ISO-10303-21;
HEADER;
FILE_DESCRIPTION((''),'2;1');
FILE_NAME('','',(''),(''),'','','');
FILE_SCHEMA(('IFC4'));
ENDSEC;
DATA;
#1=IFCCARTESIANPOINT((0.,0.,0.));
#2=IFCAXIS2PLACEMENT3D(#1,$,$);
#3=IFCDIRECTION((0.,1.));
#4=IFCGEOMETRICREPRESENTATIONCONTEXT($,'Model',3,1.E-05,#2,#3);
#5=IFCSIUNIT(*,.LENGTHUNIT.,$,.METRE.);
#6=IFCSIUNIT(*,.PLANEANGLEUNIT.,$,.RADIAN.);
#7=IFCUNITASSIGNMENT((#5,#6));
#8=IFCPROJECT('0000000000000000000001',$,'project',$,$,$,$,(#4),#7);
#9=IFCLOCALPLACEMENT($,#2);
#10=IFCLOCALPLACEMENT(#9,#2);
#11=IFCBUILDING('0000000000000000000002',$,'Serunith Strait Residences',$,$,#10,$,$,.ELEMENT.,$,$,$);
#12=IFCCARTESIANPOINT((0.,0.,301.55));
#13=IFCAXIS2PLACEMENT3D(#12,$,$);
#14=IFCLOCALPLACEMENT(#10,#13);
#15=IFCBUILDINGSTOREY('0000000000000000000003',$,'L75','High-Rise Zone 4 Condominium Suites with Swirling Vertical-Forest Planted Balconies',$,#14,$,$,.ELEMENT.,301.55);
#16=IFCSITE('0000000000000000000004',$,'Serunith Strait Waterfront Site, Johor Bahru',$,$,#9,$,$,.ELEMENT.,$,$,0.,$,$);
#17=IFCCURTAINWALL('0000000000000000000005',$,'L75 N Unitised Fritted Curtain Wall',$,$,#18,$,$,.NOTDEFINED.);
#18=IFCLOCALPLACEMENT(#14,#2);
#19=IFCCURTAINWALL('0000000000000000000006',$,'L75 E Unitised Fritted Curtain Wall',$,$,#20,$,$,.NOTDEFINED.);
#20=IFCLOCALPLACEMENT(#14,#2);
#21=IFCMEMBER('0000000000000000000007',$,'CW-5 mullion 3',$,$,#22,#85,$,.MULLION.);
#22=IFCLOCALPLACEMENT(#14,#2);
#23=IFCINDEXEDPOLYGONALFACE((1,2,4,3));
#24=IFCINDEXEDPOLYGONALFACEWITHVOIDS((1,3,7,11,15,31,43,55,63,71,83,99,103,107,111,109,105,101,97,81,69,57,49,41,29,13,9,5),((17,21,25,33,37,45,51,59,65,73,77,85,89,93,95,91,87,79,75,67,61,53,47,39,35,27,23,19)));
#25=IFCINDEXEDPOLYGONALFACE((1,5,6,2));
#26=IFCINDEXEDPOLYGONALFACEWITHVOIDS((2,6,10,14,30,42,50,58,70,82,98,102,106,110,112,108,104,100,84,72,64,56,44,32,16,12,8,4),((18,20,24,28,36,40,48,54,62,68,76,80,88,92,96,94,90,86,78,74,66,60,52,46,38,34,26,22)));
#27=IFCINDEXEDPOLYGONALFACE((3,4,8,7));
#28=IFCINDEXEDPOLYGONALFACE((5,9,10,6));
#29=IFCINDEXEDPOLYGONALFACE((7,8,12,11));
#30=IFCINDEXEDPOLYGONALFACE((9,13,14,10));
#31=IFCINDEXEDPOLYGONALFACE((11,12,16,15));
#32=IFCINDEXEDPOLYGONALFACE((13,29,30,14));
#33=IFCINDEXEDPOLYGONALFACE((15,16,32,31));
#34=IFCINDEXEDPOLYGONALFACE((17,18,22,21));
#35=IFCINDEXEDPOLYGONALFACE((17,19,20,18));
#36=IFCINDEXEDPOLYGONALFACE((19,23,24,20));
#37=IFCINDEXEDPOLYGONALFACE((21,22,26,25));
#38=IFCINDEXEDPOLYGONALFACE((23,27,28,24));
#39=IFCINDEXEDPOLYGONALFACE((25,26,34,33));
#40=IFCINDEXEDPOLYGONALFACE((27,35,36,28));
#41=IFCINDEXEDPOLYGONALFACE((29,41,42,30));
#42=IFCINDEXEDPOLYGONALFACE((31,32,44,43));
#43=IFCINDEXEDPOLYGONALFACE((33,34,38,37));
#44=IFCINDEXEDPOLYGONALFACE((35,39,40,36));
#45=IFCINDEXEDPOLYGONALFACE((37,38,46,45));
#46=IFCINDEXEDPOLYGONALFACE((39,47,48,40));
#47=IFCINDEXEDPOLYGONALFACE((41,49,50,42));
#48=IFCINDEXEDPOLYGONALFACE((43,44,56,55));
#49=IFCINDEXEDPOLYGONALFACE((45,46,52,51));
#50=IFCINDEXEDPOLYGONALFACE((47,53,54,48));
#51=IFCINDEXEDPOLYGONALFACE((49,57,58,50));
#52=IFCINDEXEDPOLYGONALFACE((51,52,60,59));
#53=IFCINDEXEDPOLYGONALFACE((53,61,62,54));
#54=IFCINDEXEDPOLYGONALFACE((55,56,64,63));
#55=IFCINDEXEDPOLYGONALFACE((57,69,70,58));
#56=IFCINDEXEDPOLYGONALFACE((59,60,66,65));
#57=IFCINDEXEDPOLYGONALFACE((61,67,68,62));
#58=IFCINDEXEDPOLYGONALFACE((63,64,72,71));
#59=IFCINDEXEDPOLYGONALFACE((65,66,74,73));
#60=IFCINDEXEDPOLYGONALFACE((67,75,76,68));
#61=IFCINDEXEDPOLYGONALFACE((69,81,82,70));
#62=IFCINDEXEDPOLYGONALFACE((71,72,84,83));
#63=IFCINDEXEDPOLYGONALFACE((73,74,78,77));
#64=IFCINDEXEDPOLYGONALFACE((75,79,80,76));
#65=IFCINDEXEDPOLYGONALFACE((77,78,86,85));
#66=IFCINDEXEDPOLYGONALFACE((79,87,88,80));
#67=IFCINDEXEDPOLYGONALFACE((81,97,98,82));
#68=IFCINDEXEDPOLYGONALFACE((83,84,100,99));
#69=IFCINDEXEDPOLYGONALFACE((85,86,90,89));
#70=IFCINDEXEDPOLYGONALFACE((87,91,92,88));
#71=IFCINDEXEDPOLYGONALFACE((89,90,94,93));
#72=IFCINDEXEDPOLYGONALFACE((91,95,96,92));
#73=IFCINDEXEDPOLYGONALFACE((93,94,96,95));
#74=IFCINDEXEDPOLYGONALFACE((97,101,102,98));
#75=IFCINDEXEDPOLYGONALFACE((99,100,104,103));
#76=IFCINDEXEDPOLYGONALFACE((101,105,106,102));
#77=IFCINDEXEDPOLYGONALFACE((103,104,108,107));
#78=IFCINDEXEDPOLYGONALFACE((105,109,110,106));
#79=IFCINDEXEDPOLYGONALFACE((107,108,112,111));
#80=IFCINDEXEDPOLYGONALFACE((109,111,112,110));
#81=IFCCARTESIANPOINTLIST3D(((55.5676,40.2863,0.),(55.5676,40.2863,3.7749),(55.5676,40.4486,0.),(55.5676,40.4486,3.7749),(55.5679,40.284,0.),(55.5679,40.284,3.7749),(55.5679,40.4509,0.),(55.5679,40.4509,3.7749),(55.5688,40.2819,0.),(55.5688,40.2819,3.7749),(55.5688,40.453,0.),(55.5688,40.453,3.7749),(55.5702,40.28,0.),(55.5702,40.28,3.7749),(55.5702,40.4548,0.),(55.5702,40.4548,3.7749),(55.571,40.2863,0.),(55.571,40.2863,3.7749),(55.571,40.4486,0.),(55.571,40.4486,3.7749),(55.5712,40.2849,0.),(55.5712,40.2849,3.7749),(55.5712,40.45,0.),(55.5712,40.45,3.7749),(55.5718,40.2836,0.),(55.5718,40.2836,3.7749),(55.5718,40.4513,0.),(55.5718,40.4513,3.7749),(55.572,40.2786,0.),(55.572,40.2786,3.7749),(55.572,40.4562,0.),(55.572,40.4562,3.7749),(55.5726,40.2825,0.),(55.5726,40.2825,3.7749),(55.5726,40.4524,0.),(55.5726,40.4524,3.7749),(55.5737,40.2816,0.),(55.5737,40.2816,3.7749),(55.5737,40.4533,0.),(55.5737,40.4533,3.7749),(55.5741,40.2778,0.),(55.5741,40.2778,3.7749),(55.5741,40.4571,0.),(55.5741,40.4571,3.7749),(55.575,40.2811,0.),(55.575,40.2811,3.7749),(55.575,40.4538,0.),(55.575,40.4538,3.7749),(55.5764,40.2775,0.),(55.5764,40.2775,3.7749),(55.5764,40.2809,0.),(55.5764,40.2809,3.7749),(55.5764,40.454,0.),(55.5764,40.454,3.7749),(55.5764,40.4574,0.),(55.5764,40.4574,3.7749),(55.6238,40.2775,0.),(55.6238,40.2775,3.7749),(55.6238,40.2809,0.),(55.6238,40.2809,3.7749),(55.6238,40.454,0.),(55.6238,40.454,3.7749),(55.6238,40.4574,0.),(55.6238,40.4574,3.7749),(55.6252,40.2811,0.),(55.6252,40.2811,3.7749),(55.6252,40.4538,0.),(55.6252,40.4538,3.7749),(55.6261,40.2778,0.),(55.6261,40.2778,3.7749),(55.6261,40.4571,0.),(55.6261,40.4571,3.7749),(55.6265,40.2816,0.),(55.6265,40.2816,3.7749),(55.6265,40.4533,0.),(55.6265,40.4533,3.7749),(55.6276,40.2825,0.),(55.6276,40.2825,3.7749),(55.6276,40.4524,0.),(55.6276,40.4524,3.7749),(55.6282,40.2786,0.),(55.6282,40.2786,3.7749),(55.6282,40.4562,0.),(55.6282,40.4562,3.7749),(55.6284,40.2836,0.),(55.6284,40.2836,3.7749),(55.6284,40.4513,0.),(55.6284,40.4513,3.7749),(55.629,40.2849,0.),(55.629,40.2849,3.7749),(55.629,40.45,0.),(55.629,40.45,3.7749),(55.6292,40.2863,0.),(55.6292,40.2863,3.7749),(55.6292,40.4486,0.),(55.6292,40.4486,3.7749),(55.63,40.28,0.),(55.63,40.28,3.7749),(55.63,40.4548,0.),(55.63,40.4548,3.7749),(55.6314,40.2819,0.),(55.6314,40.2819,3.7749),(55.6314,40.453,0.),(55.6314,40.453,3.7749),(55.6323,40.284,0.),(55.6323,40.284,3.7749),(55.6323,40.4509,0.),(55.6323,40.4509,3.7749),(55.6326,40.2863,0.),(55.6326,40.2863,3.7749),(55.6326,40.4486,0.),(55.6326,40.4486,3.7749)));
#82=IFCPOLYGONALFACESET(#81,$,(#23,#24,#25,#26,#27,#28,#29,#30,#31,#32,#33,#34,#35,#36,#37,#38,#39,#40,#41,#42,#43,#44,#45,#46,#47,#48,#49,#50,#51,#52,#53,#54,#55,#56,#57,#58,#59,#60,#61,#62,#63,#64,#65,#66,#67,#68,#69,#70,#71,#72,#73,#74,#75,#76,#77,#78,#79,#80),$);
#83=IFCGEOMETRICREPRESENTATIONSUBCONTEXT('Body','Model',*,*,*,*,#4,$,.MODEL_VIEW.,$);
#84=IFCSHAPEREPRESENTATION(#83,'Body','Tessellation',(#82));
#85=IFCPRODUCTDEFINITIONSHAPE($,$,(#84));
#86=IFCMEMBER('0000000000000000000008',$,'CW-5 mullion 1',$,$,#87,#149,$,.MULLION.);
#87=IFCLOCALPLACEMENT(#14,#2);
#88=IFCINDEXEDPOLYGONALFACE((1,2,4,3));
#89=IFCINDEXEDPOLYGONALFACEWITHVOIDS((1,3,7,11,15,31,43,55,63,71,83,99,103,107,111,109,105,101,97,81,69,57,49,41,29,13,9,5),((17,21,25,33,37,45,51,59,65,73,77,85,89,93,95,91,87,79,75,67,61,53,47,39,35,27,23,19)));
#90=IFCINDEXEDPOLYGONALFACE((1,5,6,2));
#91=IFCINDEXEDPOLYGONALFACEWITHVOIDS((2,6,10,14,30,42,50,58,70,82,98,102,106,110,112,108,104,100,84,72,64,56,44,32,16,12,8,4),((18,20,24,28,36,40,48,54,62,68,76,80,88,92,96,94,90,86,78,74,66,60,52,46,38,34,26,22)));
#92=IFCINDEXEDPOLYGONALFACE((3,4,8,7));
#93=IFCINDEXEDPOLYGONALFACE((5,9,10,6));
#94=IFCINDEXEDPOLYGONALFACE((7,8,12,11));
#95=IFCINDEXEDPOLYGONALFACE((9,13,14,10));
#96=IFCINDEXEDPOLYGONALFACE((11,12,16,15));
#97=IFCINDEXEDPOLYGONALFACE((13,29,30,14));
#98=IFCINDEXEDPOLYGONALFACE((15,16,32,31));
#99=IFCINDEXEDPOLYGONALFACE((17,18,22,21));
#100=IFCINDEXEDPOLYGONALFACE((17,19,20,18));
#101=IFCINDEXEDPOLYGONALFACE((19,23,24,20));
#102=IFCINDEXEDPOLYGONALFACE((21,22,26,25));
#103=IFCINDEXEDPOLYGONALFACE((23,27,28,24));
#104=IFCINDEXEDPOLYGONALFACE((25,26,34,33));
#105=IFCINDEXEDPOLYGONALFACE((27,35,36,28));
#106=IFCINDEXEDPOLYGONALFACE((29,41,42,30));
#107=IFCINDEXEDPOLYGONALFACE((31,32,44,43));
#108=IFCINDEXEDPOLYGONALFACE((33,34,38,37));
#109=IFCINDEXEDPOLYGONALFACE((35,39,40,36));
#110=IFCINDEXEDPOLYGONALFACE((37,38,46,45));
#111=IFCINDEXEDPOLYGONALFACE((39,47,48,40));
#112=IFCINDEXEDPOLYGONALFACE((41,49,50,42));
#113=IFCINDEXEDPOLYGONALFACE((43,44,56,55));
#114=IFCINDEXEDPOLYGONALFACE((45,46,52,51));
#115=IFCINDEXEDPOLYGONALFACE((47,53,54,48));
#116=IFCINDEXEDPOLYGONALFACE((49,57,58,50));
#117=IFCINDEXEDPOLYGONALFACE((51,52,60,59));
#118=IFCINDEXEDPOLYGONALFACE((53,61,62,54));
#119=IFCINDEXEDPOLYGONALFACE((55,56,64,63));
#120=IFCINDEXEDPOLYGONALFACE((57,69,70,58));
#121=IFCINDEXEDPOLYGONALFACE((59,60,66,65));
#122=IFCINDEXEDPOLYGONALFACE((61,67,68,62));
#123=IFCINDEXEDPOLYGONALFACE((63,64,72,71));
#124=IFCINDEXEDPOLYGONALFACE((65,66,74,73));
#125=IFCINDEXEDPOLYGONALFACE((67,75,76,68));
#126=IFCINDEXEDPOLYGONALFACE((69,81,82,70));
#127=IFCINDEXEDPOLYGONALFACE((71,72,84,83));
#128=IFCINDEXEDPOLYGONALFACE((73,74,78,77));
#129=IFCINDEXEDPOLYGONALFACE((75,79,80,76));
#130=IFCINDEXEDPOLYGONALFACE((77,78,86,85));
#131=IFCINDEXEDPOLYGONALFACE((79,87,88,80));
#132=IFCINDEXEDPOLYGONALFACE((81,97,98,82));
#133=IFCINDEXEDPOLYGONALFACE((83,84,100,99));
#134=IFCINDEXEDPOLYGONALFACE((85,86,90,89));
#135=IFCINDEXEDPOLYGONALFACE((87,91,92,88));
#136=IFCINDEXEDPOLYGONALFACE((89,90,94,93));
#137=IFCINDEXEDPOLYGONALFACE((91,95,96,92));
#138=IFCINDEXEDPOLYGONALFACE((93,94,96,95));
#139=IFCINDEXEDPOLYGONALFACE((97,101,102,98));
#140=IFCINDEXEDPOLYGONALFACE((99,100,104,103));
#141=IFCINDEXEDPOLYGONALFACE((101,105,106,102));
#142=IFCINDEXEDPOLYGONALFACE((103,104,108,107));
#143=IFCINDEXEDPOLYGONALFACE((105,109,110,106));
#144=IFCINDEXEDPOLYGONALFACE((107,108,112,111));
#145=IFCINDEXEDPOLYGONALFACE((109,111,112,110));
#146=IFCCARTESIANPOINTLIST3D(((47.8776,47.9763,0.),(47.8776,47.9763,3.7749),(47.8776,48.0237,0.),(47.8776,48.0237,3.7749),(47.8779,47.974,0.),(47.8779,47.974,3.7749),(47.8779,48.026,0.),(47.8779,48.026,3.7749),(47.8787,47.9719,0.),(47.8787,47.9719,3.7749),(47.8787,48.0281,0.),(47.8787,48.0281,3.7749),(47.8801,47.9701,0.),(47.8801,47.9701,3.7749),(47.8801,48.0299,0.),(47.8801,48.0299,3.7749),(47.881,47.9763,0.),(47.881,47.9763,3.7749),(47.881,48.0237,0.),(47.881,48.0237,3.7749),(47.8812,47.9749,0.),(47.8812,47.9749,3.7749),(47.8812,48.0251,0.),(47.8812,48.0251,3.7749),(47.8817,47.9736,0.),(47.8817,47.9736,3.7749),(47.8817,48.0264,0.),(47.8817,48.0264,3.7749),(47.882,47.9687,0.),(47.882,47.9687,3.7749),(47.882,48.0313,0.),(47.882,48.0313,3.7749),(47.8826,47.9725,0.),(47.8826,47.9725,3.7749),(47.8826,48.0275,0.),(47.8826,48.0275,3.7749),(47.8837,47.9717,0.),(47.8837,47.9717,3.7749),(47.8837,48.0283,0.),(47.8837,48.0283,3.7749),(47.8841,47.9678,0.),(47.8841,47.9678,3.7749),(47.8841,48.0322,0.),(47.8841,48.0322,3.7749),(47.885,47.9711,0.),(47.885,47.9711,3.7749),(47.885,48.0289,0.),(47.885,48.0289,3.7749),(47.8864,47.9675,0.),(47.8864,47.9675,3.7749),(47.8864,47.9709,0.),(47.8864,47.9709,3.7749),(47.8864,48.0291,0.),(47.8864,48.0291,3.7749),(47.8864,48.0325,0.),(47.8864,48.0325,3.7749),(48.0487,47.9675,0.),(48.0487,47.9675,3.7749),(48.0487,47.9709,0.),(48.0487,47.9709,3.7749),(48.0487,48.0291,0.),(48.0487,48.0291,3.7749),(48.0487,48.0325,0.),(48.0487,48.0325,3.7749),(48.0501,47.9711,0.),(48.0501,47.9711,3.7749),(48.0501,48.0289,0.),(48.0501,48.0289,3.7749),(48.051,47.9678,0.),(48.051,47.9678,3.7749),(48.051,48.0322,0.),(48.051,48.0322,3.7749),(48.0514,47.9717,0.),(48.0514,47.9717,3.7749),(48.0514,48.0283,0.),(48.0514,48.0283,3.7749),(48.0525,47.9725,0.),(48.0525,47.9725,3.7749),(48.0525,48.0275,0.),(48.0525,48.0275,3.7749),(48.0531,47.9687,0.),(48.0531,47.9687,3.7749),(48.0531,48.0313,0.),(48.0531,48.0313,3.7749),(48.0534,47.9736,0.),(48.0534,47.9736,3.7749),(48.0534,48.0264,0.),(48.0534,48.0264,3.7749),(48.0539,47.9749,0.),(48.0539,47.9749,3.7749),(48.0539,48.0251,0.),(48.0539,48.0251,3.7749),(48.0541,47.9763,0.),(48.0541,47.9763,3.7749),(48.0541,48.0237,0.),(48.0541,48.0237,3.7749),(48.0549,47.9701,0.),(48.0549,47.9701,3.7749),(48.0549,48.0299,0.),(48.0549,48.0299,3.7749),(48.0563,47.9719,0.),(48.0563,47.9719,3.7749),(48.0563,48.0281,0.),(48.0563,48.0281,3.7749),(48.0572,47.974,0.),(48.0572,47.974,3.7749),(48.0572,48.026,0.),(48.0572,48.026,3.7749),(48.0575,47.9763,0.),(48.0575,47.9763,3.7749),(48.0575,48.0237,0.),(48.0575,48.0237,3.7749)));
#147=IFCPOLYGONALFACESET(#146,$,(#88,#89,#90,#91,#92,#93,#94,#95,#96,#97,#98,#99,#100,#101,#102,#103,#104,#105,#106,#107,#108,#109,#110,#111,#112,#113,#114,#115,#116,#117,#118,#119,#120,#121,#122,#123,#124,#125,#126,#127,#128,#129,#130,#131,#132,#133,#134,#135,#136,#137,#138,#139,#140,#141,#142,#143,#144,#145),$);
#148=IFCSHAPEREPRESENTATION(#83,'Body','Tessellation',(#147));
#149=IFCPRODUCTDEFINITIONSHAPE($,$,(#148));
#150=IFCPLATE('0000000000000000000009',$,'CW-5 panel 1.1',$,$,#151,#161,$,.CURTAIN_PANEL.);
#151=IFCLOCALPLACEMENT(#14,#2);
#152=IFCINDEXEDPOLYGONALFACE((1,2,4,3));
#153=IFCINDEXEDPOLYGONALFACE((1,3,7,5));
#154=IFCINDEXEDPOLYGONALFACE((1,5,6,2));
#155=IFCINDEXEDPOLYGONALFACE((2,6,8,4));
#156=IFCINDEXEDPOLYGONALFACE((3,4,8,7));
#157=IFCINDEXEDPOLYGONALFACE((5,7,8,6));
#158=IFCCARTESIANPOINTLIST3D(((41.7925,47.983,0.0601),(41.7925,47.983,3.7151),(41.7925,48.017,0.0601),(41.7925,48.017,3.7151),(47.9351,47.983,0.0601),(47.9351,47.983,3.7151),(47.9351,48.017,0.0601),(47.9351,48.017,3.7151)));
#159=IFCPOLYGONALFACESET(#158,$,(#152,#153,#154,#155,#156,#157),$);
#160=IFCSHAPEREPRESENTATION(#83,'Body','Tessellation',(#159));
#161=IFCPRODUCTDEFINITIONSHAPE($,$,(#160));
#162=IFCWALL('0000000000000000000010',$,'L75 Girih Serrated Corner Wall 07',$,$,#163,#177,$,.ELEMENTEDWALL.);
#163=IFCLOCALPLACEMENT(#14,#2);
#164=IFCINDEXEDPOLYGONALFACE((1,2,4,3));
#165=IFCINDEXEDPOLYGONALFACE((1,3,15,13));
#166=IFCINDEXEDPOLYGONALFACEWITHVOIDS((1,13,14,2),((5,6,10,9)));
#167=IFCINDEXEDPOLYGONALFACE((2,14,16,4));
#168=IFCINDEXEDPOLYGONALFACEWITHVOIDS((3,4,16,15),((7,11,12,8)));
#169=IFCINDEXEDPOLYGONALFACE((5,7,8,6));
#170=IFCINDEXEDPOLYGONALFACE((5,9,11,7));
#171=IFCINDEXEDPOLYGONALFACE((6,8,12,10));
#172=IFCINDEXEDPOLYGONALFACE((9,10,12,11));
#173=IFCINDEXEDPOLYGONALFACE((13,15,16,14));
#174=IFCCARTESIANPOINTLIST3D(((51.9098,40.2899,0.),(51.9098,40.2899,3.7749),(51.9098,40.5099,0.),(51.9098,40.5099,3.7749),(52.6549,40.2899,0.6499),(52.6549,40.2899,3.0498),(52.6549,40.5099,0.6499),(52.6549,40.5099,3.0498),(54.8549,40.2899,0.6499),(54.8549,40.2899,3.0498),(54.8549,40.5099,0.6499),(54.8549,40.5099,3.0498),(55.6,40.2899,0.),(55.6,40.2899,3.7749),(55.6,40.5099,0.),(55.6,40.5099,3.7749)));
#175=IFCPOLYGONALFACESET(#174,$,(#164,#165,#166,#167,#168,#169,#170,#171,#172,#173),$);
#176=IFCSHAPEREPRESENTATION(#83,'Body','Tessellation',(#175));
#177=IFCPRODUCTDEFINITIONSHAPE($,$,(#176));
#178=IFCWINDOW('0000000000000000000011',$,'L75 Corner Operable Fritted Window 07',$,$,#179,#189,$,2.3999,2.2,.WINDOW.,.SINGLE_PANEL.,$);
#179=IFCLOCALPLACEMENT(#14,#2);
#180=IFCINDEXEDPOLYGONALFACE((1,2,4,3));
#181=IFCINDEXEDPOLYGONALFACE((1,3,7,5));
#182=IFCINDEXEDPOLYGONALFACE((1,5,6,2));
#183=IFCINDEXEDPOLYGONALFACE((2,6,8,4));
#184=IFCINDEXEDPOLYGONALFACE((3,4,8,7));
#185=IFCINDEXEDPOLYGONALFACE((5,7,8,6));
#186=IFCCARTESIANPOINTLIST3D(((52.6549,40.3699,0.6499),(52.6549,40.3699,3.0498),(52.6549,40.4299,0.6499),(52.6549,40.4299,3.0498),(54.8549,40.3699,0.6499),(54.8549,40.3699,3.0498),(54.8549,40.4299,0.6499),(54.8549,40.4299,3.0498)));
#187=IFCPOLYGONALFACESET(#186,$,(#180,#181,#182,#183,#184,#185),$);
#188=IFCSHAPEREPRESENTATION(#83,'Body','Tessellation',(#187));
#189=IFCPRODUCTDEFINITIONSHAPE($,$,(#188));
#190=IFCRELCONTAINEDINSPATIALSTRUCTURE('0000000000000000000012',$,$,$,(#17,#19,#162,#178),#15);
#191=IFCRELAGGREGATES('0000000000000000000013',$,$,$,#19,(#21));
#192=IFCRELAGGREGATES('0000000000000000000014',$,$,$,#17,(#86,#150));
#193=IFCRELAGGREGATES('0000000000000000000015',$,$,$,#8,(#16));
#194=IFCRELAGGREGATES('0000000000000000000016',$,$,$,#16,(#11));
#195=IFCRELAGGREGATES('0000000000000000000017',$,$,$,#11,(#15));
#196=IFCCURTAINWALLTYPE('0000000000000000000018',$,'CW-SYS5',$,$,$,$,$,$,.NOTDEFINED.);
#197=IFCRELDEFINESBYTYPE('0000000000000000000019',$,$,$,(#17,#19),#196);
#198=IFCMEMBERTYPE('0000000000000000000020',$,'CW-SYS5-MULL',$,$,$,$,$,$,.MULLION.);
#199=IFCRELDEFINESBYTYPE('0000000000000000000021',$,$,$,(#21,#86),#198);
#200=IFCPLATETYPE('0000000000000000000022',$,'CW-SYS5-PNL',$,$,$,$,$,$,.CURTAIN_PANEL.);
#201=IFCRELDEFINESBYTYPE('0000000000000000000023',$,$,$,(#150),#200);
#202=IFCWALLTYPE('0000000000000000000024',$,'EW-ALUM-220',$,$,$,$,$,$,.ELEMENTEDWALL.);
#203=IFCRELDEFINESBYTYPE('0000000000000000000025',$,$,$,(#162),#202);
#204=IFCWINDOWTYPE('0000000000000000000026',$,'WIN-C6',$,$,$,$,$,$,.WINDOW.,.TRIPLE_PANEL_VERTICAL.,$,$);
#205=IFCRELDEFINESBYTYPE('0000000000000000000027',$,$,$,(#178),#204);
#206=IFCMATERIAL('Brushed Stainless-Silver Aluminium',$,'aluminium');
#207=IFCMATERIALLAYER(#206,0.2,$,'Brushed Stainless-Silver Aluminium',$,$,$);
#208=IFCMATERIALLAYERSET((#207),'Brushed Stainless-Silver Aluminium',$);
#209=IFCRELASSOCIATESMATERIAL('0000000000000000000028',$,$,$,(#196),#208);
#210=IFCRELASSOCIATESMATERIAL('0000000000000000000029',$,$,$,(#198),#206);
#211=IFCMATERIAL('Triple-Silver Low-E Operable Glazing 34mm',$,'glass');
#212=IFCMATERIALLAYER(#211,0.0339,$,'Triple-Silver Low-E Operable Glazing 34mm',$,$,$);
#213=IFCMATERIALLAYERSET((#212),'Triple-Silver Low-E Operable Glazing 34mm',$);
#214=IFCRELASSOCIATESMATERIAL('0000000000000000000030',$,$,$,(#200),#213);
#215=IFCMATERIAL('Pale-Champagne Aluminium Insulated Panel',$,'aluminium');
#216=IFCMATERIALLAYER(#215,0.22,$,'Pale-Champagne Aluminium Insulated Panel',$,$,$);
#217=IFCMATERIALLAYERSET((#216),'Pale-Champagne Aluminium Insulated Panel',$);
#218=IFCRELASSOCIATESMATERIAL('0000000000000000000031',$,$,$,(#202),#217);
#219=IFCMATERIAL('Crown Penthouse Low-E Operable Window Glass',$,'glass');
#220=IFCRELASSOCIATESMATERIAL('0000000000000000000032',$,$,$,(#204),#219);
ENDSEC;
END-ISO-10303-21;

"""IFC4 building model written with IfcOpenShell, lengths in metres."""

from ifc_helpers import new_model, si_unit, direction, frame, frame_2d, origin, origin_2d, place, context, subcontext, project, spatial, rectangle, hollow_rectangle, extrude, source, transform, mapped, material, layer, layer_set, material_profile, profile_set, type_object, element, fill, aggregate, save


model = new_model("IFC4")

# Units and contexts
model_context = context("Model", 3, precision=1e-05, world=origin(), true_north=direction((0.0, 1.0)))
body_context = subcontext(model_context, "Body", "Model", "MODEL_VIEW")
ifc_project = project(units=[si_unit("LENGTHUNIT", "METRE"), si_unit("PLANEANGLEUNIT", "RADIAN")], contexts=[model_context])

# Site, building, storey
site_placement = place(None, origin())
site = spatial("IfcSite", under=ifc_project, at=site_placement, Name="Serunith Strait Waterfront Site, Johor Bahru", CompositionType="ELEMENT", RefElevation=0.0)
building_placement = place(site_placement, origin())
building = spatial("IfcBuilding", under=site, at=building_placement, Name="Serunith Strait Residences", CompositionType="ELEMENT")
storey_placement = place(building_placement, frame((0.0, 0.0, 301.55)))
storey = spatial("IfcBuildingStorey", under=building, at=storey_placement, Name="L75", Description="High-Rise Zone 4 Condominium Suites with Swirling Vertical-Forest Planted Balconies", CompositionType="ELEMENT", Elevation=301.55)

# Curtain wall
ifc_material_1 = material(Name="Brushed Stainless-Silver Aluminium", Category="aluminium")
ifc_layer_1 = layer(ifc_material_1, 0.2, Name="Brushed Stainless-Silver Aluminium")
ifc_layer_set_1 = layer_set([ifc_layer_1], Name="Brushed Stainless-Silver Aluminium")
curtain_wall_type = type_object("IfcCurtainWallType", Name="CW-SYS5", PredefinedType="NOTDEFINED", material=ifc_layer_set_1)
curtain_wall_1_placement = place(storey_placement, origin())
curtain_wall_1 = element("IfcCurtainWall", 1, at=curtain_wall_1_placement, inside=storey, type_object=curtain_wall_type, Name="L75 N Unitised Fritted Curtain Wall", PredefinedType="NOTDEFINED")

# Curtain wall, member
curtain_wall_2_placement = place(storey_placement, origin())
curtain_wall_2 = element("IfcCurtainWall", 2, at=curtain_wall_2_placement, inside=storey, type_object=curtain_wall_type, Name="L75 E Unitised Fritted Curtain Wall", PredefinedType="NOTDEFINED")
ifc_material_profile_1 = material_profile(ifc_material_1, hollow_rectangle(XDim=0.0649, YDim=0.1799, WallThickness=0.0034, InnerFilletRadius=0.0054, OuterFilletRadius=0.0088, at=origin_2d()), Name="ALU 180x65x3.5")
ifc_profile_set_1 = profile_set([ifc_material_profile_1], Name="Brushed Stainless-Silver Aluminium")
member_type_1 = type_object("IfcMemberType", Name="CW-SYS5-MULL", PredefinedType="MULLION", material=ifc_profile_set_1)
shared_shape_1 = source(origin(), body_context, "Body", "SweptSolid", [
    extrude(hollow_rectangle(XDim=0.0649, YDim=0.1799, WallThickness=0.0034, InnerFilletRadius=0.0054, OuterFilletRadius=0.0088, at=origin_2d()), origin(), (0.0, 0.0, 1.0), 3.7749),
])
member_1_placement = place(storey_placement, frame((55.6001, 40.3674, 0.0), z_axis=(0.0, 0.0, 1.0), x_axis=(-1.0, 0.0, 0.0)))
member_1 = element("IfcMember", 3, at=member_1_placement, type_object=member_type_1, Name="CW-5 mullion 3", PredefinedType="MULLION", context=body_context, shape_type="MappedRepresentation", body=[
    mapped(shared_shape_1, transform((0.0, 0.0, 0.0), scale=1.0)),
])
aggregate(curtain_wall_2, [member_1])

# Member
member_2_placement = place(storey_placement, frame((47.9675, 48.0, 0.0), z_axis=(0.0, 0.0, 1.0), x_axis=(0.0, -1.0, 0.0)))
member_2 = element("IfcMember", 4, at=member_2_placement, type_object=member_type_1, Name="CW-5 mullion 1", PredefinedType="MULLION", context=body_context, shape_type="MappedRepresentation", body=[
    mapped(shared_shape_1, transform((0.0, 0.0, 0.0), scale=1.0)),
])

# Plate
ifc_material_2 = material(Name="Triple-Silver Low-E Operable Glazing 34mm", Category="glass")
ifc_layer_2 = layer(ifc_material_2, 0.0339, Name="Triple-Silver Low-E Operable Glazing 34mm")
ifc_layer_set_2 = layer_set([ifc_layer_2], Name="Triple-Silver Low-E Operable Glazing 34mm")
plate_type = type_object("IfcPlateType", Name="CW-SYS5-PNL", PredefinedType="CURTAIN_PANEL", material=ifc_layer_set_2)
shared_shape_2 = source(origin(), body_context, "Body", "SweptSolid", [
    extrude(rectangle(XDim=6.1426, YDim=0.0339, at=origin_2d()), origin(), (0.0, 0.0, 1.0), 3.655),
])
plate_placement = place(storey_placement, frame((44.8638, 48.0, 0.0601), z_axis=(0.0, 0.0, 1.0), x_axis=(-1.0, 0.0, 0.0)))
plate = element("IfcPlate", 5, at=plate_placement, type_object=plate_type, Name="CW-5 panel 1.1", PredefinedType="CURTAIN_PANEL", context=body_context, shape_type="MappedRepresentation", body=[
    mapped(shared_shape_2, transform((0.0, 0.0, 0.0), scale=1.0)),
])
aggregate(curtain_wall_1, [member_2, plate])

# Wall, opening, window
ifc_material_3 = material(Name="Pale-Champagne Aluminium Insulated Panel", Category="aluminium")
ifc_layer_3 = layer(ifc_material_3, 0.22, Name="Pale-Champagne Aluminium Insulated Panel")
ifc_layer_set_3 = layer_set([ifc_layer_3], Name="Pale-Champagne Aluminium Insulated Panel")
wall_type_1 = type_object("IfcWallType", Name="EW-ALUM-220", PredefinedType="ELEMENTEDWALL", material=ifc_layer_set_3)
wall_1_placement = place(storey_placement, frame((55.6001, 40.3999, 0.0), z_axis=(0.0, 0.0, 1.0), x_axis=(-1.0, 0.0, 0.0)))
wall_1 = element("IfcWall", 6, at=wall_1_placement, inside=storey, type_object=wall_type_1, Name="L75 Girih Serrated Corner Wall 07", PredefinedType="ELEMENTEDWALL", context=body_context, shape_type="SweptSolid", body=[
    extrude(rectangle(XDim=3.6902, YDim=0.22, at=frame_2d((1.8452, 0.0))), origin(), (0.0, 0.0, 1.0), 3.7749),
])
opening_1_placement = place(wall_1_placement, frame((0.7451, 0.0, 0.6499)))
opening_1 = element("IfcOpeningElement", 7, at=opening_1_placement, cuts=wall_1, PredefinedType="OPENING", context=body_context, shape_type="SweptSolid", body=[
    extrude(rectangle(XDim=2.2, YDim=2.3999, at=frame_2d((1.1001, 1.2))), frame((0.0, 0.1201, 0.0), z_axis=(0.0, -1.0, 0.0), x_axis=(1.0, 0.0, 0.0)), (0.0, 0.0, 1.0), 0.24),
])
ifc_material_4 = material(Name="Crown Penthouse Low-E Operable Window Glass", Category="glass")
window_type = type_object("IfcWindowType", Name="WIN-C6", PartitioningType="TRIPLE_PANEL_VERTICAL", PredefinedType="WINDOW", material=ifc_material_4)
shared_shape_3 = source(origin(), body_context, "Body", "SweptSolid", [
    extrude(rectangle(XDim=2.2, YDim=2.3999, at=frame_2d((1.1001, 1.2))), frame((0.0, 0.03, 0.0), z_axis=(0.0, -1.0, 0.0), x_axis=(1.0, 0.0, 0.0)), (0.0, 0.0, 1.0), 0.0601),
])
window_1_placement = place(opening_1_placement, origin())
window_1 = element("IfcWindow", 8, at=window_1_placement, inside=storey, type_object=window_type, Name="L75 Corner Operable Fritted Window 07", OverallHeight=2.3999, OverallWidth=2.2, PartitioningType="SINGLE_PANEL", PredefinedType="WINDOW", context=body_context, shape_type="MappedRepresentation", body=[
    mapped(shared_shape_3, transform((0.0, 0.0, 0.0), scale=1.0)),
])
fill(opening_1, window_1)

save(model, "model.ifc")
